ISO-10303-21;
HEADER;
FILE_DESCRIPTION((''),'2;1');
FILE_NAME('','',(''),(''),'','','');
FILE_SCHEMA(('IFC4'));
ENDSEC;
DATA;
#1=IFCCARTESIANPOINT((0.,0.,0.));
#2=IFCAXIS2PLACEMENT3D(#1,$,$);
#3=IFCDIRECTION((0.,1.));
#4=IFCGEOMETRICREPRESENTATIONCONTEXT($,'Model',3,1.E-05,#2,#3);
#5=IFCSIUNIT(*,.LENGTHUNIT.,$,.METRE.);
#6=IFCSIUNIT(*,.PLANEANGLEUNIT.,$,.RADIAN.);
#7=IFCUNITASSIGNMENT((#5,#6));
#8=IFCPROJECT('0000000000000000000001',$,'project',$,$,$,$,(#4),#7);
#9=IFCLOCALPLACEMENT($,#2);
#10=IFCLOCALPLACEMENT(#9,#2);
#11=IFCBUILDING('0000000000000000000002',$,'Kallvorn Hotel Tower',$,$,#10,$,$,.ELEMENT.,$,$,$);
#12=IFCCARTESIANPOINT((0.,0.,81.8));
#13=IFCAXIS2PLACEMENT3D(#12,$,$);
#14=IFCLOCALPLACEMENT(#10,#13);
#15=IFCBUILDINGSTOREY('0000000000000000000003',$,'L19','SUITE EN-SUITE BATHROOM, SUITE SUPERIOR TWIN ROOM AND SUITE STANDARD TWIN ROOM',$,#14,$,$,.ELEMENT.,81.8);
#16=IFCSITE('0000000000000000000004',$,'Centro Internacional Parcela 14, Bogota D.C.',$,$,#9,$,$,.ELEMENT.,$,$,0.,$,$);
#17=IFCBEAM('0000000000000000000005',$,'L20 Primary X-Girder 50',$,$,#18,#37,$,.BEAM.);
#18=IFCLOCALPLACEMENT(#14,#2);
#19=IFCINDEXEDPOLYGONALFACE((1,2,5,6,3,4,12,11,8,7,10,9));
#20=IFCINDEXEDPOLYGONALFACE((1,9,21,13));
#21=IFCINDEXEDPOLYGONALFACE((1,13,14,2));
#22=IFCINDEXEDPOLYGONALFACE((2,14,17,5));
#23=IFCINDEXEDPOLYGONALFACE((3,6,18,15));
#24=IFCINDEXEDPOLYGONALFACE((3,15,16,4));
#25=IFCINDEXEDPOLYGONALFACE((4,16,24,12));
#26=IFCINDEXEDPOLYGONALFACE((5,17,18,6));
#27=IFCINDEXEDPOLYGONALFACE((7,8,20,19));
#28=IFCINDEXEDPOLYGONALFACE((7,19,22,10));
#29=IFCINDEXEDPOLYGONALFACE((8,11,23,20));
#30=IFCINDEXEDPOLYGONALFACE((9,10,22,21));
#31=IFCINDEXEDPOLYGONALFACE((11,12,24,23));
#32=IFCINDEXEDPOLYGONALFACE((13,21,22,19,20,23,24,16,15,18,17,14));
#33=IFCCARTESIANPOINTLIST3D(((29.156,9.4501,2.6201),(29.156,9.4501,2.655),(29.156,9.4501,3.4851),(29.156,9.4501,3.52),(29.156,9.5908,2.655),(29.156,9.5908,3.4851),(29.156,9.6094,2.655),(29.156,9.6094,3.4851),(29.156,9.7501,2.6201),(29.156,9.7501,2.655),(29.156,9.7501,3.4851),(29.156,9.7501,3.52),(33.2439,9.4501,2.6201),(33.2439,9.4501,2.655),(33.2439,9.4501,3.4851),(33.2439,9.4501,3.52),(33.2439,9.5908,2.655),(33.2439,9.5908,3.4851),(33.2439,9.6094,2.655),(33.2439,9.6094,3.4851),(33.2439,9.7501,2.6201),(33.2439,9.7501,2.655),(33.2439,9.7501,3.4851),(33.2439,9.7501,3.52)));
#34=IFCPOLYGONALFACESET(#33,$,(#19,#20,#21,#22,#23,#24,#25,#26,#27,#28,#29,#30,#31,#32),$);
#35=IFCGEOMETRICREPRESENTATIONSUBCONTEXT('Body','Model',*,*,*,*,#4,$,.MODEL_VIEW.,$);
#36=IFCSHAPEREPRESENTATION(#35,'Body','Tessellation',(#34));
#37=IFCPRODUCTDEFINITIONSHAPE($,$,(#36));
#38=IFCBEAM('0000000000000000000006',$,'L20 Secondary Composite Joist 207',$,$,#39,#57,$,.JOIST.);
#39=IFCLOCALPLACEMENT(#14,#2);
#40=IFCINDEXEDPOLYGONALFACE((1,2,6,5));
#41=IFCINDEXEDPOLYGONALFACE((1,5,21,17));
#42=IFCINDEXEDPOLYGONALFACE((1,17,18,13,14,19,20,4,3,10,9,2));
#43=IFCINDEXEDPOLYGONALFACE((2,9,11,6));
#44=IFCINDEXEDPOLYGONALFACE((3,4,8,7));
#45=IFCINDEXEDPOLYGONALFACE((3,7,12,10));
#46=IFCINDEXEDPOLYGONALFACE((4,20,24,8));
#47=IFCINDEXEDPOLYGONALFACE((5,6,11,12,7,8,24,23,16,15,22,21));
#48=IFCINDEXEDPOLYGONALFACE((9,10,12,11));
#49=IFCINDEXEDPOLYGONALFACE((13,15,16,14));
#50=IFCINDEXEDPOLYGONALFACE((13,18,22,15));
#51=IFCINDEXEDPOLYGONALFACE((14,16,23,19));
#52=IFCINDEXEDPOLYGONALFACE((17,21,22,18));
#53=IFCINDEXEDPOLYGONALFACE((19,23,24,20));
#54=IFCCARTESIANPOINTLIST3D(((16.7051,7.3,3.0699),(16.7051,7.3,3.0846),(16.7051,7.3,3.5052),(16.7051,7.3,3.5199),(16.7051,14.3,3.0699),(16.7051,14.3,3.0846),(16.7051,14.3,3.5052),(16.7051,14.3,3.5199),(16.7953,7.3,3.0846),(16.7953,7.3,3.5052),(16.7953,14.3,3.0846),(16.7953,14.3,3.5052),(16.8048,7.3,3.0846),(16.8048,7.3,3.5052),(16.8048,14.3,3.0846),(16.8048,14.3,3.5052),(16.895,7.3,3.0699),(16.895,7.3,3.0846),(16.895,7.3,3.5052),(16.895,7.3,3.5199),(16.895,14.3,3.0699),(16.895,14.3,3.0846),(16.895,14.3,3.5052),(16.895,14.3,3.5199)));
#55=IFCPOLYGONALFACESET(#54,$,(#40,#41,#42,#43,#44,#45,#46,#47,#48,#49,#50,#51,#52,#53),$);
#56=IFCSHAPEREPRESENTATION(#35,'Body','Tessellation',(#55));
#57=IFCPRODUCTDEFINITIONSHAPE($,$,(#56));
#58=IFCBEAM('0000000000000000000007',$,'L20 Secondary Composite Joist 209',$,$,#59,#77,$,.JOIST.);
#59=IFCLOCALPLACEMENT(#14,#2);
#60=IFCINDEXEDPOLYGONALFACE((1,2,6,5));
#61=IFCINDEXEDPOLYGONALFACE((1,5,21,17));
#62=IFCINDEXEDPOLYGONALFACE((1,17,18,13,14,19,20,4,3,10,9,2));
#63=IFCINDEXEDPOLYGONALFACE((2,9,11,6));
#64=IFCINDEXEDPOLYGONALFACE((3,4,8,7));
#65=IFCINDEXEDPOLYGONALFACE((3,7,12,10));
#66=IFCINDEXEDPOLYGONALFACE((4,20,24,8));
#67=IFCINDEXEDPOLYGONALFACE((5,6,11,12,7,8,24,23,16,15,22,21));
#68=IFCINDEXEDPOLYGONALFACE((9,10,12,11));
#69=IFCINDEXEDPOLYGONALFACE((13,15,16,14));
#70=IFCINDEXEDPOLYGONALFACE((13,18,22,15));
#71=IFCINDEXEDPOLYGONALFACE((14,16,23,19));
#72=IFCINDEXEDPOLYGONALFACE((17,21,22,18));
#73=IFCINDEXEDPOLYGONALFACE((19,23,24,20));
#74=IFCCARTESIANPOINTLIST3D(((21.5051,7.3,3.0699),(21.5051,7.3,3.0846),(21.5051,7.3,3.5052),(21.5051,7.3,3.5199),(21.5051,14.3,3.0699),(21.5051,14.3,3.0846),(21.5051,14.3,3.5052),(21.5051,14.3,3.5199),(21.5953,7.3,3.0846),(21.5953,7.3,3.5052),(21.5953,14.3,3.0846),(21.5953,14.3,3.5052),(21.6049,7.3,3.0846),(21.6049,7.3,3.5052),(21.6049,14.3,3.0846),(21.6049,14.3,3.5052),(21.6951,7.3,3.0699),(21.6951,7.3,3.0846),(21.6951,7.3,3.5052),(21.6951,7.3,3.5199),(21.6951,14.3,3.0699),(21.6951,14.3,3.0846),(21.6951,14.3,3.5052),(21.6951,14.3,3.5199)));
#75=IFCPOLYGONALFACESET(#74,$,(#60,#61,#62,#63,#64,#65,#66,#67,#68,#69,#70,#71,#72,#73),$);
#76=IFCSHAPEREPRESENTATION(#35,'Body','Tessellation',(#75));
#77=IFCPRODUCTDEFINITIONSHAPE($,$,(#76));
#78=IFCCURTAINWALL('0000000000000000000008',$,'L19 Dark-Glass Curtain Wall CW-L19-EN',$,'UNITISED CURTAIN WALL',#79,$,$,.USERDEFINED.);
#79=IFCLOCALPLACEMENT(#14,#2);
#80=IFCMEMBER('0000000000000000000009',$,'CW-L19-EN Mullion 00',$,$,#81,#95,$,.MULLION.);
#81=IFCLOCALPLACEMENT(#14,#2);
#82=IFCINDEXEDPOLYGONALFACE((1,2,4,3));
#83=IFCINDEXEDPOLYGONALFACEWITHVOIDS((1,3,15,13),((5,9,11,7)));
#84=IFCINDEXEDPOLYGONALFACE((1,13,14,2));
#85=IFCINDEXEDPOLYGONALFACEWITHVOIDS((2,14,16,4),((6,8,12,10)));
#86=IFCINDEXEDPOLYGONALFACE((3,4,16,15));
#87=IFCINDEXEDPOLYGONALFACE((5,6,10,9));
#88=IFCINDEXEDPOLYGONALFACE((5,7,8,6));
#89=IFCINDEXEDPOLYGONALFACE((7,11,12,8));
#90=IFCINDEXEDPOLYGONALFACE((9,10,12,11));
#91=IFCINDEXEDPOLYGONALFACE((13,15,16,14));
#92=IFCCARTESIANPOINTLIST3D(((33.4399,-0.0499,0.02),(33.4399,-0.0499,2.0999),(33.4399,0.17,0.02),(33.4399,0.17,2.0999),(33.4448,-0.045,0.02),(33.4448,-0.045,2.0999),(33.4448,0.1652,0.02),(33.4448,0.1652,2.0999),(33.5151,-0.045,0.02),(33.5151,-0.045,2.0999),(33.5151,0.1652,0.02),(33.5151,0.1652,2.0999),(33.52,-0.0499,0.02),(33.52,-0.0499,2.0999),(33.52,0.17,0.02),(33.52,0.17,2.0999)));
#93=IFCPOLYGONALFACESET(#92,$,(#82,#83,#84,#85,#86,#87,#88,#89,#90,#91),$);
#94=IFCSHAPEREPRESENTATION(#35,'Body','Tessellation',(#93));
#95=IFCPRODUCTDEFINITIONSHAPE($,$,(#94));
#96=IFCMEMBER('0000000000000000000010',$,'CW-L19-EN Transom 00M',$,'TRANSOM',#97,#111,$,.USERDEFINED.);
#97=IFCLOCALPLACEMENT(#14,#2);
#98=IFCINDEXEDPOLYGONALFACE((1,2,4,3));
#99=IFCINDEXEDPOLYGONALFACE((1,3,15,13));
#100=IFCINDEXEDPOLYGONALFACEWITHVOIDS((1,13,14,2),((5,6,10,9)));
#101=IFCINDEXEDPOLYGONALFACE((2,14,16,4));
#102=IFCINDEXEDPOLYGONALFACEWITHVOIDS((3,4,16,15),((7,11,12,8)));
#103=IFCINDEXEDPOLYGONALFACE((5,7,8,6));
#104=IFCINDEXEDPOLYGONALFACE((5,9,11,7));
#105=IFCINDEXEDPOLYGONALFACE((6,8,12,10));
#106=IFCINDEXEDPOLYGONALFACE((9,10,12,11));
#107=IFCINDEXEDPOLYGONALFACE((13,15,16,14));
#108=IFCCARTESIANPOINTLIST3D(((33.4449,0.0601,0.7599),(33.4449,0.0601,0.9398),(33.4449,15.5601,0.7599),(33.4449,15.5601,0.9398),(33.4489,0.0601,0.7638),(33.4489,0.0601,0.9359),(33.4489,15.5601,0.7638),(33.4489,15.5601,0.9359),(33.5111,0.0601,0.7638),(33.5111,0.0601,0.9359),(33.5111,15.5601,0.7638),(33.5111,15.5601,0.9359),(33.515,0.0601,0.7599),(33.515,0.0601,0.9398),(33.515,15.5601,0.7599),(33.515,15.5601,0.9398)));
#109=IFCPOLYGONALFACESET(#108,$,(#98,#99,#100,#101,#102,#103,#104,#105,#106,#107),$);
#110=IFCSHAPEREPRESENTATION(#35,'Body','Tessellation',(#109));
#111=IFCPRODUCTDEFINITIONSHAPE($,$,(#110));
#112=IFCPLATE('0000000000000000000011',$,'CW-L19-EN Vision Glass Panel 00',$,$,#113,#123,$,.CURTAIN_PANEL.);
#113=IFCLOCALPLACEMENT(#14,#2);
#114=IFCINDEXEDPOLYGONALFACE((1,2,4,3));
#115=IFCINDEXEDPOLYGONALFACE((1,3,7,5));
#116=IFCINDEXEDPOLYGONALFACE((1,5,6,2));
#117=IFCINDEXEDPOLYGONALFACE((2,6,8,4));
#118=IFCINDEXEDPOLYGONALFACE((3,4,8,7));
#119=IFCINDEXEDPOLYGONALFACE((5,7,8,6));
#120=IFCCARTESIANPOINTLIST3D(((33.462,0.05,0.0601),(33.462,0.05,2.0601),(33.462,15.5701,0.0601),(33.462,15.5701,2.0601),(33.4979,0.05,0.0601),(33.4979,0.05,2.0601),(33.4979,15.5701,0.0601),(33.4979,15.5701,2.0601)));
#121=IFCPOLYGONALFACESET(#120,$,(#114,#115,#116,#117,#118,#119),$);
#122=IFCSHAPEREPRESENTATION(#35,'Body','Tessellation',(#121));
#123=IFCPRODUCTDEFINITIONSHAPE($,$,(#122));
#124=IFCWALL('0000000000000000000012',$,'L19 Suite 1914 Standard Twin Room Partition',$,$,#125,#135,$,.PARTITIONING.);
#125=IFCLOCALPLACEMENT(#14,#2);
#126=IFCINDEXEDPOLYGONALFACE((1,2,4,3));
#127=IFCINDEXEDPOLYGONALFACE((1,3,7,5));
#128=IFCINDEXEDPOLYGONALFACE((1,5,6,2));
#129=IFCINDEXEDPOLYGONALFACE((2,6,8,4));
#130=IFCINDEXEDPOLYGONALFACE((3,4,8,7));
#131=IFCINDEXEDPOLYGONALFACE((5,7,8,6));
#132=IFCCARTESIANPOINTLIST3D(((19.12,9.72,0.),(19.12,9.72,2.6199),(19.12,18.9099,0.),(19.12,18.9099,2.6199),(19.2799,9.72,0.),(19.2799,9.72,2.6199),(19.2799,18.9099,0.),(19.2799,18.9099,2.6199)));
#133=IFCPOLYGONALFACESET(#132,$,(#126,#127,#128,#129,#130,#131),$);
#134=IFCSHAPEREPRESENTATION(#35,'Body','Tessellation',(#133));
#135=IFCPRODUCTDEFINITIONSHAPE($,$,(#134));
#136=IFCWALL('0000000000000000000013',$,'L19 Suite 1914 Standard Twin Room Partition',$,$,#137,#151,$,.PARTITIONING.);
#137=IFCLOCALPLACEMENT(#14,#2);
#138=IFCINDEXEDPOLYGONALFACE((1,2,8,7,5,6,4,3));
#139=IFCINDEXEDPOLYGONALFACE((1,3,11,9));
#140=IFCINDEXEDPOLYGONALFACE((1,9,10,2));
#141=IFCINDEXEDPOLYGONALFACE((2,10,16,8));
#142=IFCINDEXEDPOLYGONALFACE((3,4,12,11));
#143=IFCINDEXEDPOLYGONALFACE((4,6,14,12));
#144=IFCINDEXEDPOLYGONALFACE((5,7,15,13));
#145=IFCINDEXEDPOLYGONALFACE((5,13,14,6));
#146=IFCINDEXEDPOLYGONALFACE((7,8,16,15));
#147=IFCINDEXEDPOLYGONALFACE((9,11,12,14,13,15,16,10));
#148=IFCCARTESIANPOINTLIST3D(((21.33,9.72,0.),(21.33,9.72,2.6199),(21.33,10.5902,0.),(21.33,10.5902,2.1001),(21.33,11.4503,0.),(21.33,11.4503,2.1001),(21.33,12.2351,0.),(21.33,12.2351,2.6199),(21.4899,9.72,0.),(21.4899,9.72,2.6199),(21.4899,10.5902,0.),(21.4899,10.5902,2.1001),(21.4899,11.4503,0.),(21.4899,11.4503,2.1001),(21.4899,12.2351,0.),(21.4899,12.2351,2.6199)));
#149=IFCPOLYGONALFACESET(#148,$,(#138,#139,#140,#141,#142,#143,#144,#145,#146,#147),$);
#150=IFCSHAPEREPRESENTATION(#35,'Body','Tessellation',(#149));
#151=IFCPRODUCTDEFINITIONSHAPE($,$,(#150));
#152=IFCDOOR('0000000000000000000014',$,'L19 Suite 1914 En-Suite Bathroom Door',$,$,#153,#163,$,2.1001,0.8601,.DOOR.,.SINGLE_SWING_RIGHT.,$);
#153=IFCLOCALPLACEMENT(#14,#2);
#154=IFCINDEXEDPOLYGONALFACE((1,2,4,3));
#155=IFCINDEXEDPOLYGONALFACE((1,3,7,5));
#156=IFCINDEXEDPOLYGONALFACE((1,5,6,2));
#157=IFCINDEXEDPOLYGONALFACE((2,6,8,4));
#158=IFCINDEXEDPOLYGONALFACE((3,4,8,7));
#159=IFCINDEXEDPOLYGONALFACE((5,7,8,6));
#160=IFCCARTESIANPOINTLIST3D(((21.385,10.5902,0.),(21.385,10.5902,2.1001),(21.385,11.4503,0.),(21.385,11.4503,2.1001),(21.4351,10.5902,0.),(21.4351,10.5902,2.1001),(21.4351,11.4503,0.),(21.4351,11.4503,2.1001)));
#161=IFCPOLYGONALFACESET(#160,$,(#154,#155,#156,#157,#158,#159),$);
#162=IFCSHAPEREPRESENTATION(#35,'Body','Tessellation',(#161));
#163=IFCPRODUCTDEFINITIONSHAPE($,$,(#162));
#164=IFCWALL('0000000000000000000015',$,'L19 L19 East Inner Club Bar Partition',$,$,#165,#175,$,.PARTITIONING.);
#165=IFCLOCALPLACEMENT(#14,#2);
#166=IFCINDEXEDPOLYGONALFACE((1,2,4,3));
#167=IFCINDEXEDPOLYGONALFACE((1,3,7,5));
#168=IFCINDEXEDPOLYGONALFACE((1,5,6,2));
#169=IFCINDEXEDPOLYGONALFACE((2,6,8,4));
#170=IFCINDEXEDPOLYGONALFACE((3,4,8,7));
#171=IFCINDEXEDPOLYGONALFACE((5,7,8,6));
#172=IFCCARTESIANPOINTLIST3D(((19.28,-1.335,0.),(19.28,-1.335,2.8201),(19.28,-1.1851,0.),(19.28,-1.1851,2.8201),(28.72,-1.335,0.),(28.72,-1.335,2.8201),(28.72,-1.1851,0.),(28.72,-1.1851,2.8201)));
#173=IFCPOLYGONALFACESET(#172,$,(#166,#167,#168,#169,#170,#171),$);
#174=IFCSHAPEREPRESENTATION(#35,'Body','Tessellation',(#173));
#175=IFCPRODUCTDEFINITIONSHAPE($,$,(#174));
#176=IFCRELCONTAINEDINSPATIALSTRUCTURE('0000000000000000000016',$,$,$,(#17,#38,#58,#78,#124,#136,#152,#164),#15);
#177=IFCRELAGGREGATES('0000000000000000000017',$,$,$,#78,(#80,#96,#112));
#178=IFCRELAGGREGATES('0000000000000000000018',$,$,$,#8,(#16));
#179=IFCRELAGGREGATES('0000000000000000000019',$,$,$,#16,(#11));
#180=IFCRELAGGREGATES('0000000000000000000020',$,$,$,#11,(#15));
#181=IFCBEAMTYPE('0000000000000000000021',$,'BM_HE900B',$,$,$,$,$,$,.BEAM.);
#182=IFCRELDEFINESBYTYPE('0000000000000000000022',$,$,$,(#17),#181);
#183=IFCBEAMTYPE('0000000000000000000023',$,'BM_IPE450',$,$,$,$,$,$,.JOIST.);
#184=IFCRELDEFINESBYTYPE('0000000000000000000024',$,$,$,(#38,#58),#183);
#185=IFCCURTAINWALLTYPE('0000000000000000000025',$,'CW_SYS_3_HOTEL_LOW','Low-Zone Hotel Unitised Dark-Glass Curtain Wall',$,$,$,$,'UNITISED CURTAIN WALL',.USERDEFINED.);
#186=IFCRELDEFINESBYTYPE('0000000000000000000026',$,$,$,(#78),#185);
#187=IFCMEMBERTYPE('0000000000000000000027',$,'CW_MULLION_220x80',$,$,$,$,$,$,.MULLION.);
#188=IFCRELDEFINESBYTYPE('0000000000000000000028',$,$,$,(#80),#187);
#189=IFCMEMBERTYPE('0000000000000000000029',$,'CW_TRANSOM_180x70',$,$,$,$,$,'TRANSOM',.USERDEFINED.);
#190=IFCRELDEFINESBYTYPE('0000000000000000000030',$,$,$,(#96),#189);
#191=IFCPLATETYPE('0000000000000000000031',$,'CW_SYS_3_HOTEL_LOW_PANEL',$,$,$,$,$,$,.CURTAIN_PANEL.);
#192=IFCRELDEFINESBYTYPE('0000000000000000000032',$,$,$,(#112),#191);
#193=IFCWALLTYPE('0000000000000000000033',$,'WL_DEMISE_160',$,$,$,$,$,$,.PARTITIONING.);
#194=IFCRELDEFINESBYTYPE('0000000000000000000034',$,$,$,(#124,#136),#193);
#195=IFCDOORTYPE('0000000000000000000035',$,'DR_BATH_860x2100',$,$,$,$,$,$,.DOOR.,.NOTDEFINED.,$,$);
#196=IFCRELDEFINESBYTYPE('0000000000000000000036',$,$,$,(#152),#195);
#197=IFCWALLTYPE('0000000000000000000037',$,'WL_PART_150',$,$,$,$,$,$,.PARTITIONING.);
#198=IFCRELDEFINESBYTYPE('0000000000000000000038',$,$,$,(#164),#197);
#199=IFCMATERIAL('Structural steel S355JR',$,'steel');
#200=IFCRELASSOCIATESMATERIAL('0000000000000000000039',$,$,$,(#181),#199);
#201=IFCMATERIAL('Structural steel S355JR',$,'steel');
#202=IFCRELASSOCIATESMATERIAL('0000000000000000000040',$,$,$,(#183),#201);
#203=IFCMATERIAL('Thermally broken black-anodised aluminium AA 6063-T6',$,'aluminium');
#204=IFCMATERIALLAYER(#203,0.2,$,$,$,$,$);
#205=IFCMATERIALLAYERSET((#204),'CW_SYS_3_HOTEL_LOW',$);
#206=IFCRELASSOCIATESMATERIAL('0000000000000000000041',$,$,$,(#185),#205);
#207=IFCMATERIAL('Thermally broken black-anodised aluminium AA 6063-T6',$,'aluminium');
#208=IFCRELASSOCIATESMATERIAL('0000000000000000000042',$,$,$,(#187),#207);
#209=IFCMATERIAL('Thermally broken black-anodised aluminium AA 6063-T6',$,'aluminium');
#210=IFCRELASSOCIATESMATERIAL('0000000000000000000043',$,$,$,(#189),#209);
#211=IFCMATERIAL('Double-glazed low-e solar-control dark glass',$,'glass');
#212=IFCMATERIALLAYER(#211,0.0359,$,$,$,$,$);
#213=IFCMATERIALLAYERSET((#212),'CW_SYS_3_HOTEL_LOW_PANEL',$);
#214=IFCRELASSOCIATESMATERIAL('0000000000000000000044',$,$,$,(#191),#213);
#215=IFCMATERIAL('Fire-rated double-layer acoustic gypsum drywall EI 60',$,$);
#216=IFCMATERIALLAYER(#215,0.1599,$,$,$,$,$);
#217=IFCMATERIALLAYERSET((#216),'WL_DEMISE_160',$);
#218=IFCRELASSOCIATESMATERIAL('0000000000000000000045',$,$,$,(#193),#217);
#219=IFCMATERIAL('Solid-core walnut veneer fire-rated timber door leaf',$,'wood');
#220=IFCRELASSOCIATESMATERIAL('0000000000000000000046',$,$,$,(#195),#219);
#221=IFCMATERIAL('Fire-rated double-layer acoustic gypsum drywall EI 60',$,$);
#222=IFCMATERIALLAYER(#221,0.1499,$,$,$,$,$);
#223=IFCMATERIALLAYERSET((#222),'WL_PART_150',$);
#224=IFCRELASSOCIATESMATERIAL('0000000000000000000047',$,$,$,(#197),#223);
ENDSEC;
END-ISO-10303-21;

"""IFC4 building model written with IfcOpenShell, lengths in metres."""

from ifc_helpers import new_model, si_unit, direction, frame, frame_2d, origin, origin_2d, place, context, subcontext, project, spatial, rectangle, hollow_rectangle, i_section, extrude, material, layer, layer_set, material_profile, profile_set, type_object, element, fill, aggregate, save


model = new_model("IFC4")

# Units and contexts
model_context = context("Model", 3, precision=1e-05, world=origin(), true_north=direction((0.0, 1.0)))
body_context = subcontext(model_context, "Body", "Model", "MODEL_VIEW")
ifc_project = project(units=[si_unit("LENGTHUNIT", "METRE"), si_unit("PLANEANGLEUNIT", "RADIAN")], contexts=[model_context])

# Site, building, storey
site_placement = place(None, origin())
site = spatial("IfcSite", under=ifc_project, at=site_placement, Name="Centro Internacional Parcela 14, Bogota D.C.", CompositionType="ELEMENT", RefElevation=0.0)
building_placement = place(site_placement, origin())
building = spatial("IfcBuilding", under=site, at=building_placement, Name="Kallvorn Hotel Tower", CompositionType="ELEMENT")
storey_placement = place(building_placement, frame((0.0, 0.0, 81.8)))
storey = spatial("IfcBuildingStorey", under=building, at=storey_placement, Name="L19", Description="SUITE EN-SUITE BATHROOM, SUITE SUPERIOR TWIN ROOM AND SUITE STANDARD TWIN ROOM", CompositionType="ELEMENT", Elevation=81.8)

# Beams
ifc_material_1 = material(Name="Structural steel S355JR", Category="steel")
ifc_material_profile_1 = material_profile(ifc_material_1, i_section(OverallWidth=0.3, OverallDepth=0.8999, WebThickness=0.0186, FlangeThickness=0.0349, at=origin_2d()), Name="HE 900 B")
ifc_profile_set_1 = profile_set([ifc_material_profile_1], Name="Structural steel S355JR")
beam_type_1 = type_object("IfcBeamType", Name="BM_HE900B", PredefinedType="BEAM", material=ifc_profile_set_1)
beam_1_placement = place(storey_placement, frame((29.156, 9.6001, 3.0701), z_axis=(1.0, 0.0, 0.0), x_axis=(0.0, 1.0, 0.0)))
element("IfcBeam", 1, at=beam_1_placement, inside=storey, type_object=beam_type_1, Name="L20 Primary X-Girder 50", PredefinedType="BEAM", context=body_context, shape_type="SweptSolid", body=[
    extrude(i_section(OverallWidth=0.3, OverallDepth=0.8999, WebThickness=0.0186, FlangeThickness=0.0349, at=origin_2d()), origin(), (0.0, 0.0, 1.0), 4.0879),
])
ifc_material_2 = material(Name="Structural steel S355JR", Category="steel")
ifc_material_profile_2 = material_profile(ifc_material_2, i_section(OverallWidth=0.1899, OverallDepth=0.45, WebThickness=0.0095, FlangeThickness=0.0146, at=origin_2d()), Name="IPE 450")
ifc_profile_set_2 = profile_set([ifc_material_profile_2], Name="Structural steel S355JR")
beam_type_2 = type_object("IfcBeamType", Name="BM_IPE450", PredefinedType="JOIST", material=ifc_profile_set_2)
for number, where, z_axis, x_axis, name in (
    (2, (16.8, 7.3, 3.2949), (0.0, 1.0, 0.0), (-1.0, 0.0, 0.0), "L20 Secondary Composite Joist 207"),
    (3, (21.6001, 7.3, 3.2949), (0.0, 1.0, 0.0), (-1.0, 0.0, 0.0), "L20 Secondary Composite Joist 209"),
):
    element("IfcBeam", number, at=place(storey_placement, frame(where, z_axis=z_axis, x_axis=x_axis)), inside=storey, type_object=beam_type_2, Name=name, PredefinedType="JOIST", context=body_context, shape_type="SweptSolid", body=[
        extrude(i_section(OverallWidth=0.1899, OverallDepth=0.45, WebThickness=0.0095, FlangeThickness=0.0146, at=origin_2d()), origin(), (0.0, 0.0, 1.0), 7.0),
    ])

# Curtain wall, members, plate
ifc_material_3 = material(Name="Thermally broken black-anodised aluminium AA 6063-T6", Category="aluminium")
ifc_layer_1 = layer(ifc_material_3, 0.2)
ifc_layer_set_1 = layer_set([ifc_layer_1], Name="CW_SYS_3_HOTEL_LOW")
curtain_wall_type = type_object("IfcCurtainWallType", Name="CW_SYS_3_HOTEL_LOW", Description="Low-Zone Hotel Unitised Dark-Glass Curtain Wall", ElementType="UNITISED CURTAIN WALL", PredefinedType="USERDEFINED", material=ifc_layer_set_1)
curtain_wall_placement = place(storey_placement, origin())
curtain_wall = element("IfcCurtainWall", 4, at=curtain_wall_placement, inside=storey, type_object=curtain_wall_type, Name="L19 Dark-Glass Curtain Wall CW-L19-EN", ObjectType="UNITISED CURTAIN WALL", PredefinedType="USERDEFINED")
ifc_material_4 = material(Name="Thermally broken black-anodised aluminium AA 6063-T6", Category="aluminium")
ifc_material_profile_3 = material_profile(ifc_material_4, hollow_rectangle(XDim=0.0801, YDim=0.22, WallThickness=0.0049, at=origin_2d()), Name="MUL 220x80")
ifc_profile_set_3 = profile_set([ifc_material_profile_3], Name="Thermally broken black-anodised aluminium AA 6063-T6")
member_type_1 = type_object("IfcMemberType", Name="CW_MULLION_220x80", PredefinedType="MULLION", material=ifc_profile_set_3)
member_1_placement = place(storey_placement, frame((33.48, 0.0601, 0.02), z_axis=(0.0, 0.0, 1.0), x_axis=(1.0, 0.0, 0.0)))
member_1 = element("IfcMember", 5, at=member_1_placement, type_object=member_type_1, Name="CW-L19-EN Mullion 00", PredefinedType="MULLION", context=body_context, shape_type="SweptSolid", body=[
    extrude(hollow_rectangle(XDim=0.0801, YDim=0.22, WallThickness=0.0049, at=origin_2d()), origin(), (0.0, 0.0, 1.0), 2.0798),
])
ifc_material_5 = material(Name="Thermally broken black-anodised aluminium AA 6063-T6", Category="aluminium")
ifc_material_profile_4 = material_profile(ifc_material_5, hollow_rectangle(XDim=0.0701, YDim=0.1799, WallThickness=0.0039, at=origin_2d()), Name="TRN 180x70")
ifc_profile_set_4 = profile_set([ifc_material_profile_4], Name="Thermally broken black-anodised aluminium AA 6063-T6")
member_type_2 = type_object("IfcMemberType", Name="CW_TRANSOM_180x70", ElementType="TRANSOM", PredefinedType="USERDEFINED", material=ifc_profile_set_4)
member_2_placement = place(storey_placement, frame((33.48, 0.0601, 0.8499), z_axis=(0.0, 1.0, 0.0), x_axis=(-1.0, 0.0, 0.0)))
member_2 = element("IfcMember", 6, at=member_2_placement, type_object=member_type_2, Name="CW-L19-EN Transom 00M", ObjectType="TRANSOM", PredefinedType="USERDEFINED", context=body_context, shape_type="SweptSolid", body=[
    extrude(hollow_rectangle(XDim=0.0701, YDim=0.1799, WallThickness=0.0039, at=origin_2d()), origin(), (0.0, 0.0, 1.0), 15.5),
])
ifc_material_6 = material(Name="Double-glazed low-e solar-control dark glass", Category="glass")
ifc_layer_2 = layer(ifc_material_6, 0.0359)
ifc_layer_set_2 = layer_set([ifc_layer_2], Name="CW_SYS_3_HOTEL_LOW_PANEL")
plate_type = type_object("IfcPlateType", Name="CW_SYS_3_HOTEL_LOW_PANEL", PredefinedType="CURTAIN_PANEL", material=ifc_layer_set_2)
plate_placement = place(storey_placement, frame((33.48, 7.8101, 0.0601), z_axis=(0.0, 0.0, 1.0), x_axis=(0.0, 1.0, 0.0)))
plate = element("IfcPlate", 7, at=plate_placement, type_object=plate_type, Name="CW-L19-EN Vision Glass Panel 00", PredefinedType="CURTAIN_PANEL", context=body_context, shape_type="SweptSolid", body=[
    extrude(rectangle(XDim=15.52, YDim=0.0359, at=origin_2d()), origin(), (0.0, 0.0, 1.0), 2.0),
])
aggregate(curtain_wall, [member_1, member_2, plate])

# Wall
ifc_material_7 = material(Name="Fire-rated double-layer acoustic gypsum drywall EI 60")
ifc_layer_3 = layer(ifc_material_7, 0.1599)
ifc_layer_set_3 = layer_set([ifc_layer_3], Name="WL_DEMISE_160")
wall_type_1 = type_object("IfcWallType", Name="WL_DEMISE_160", PredefinedType="PARTITIONING", material=ifc_layer_set_3)
wall_1_placement = place(storey_placement, frame((19.2, 9.72, 0.0), z_axis=(0.0, 0.0, 1.0), x_axis=(0.0, 1.0, 0.0)))
element("IfcWall", 8, at=wall_1_placement, inside=storey, type_object=wall_type_1, Name="L19 Suite 1914 Standard Twin Room Partition", PredefinedType="PARTITIONING", context=body_context, shape_type="SweptSolid", body=[
    extrude(rectangle(XDim=9.1899, YDim=0.1599, at=frame_2d((4.595, 0.0))), origin(), (0.0, 0.0, 1.0), 2.6199),
])

# Wall, opening, door
wall_2_placement = place(storey_placement, frame((21.4099, 9.72, 0.0), z_axis=(0.0, 0.0, 1.0), x_axis=(0.0, 1.0, 0.0)))
wall_2 = element("IfcWall", 9, at=wall_2_placement, inside=storey, type_object=wall_type_1, Name="L19 Suite 1914 Standard Twin Room Partition", PredefinedType="PARTITIONING", context=body_context, shape_type="SweptSolid", body=[
    extrude(rectangle(XDim=2.5151, YDim=0.1599, at=frame_2d((1.2576, 0.0))), origin(), (0.0, 0.0, 1.0), 2.6199),
])
opening_1_placement = place(wall_2_placement, frame((0.8701, 0.0, 0.0)))
opening_1 = element("IfcOpeningElement", 10, at=opening_1_placement, cuts=wall_2, PredefinedType="OPENING", context=body_context, shape_type="SweptSolid", body=[
    extrude(rectangle(XDim=0.8601, YDim=2.1001, at=frame_2d((0.4302, 1.05))), frame((0.0, 0.095, 0.0), z_axis=(0.0, -1.0, 0.0), x_axis=(1.0, 0.0, 0.0)), (0.0, 0.0, 1.0), 0.1899),
])
ifc_material_8 = material(Name="Solid-core walnut veneer fire-rated timber door leaf", Category="wood")
door_type_1 = type_object("IfcDoorType", Name="DR_BATH_860x2100", OperationType="NOTDEFINED", PredefinedType="DOOR", material=ifc_material_8)
door_1_placement = place(opening_1_placement, origin())
door_1 = element("IfcDoor", 11, at=door_1_placement, inside=storey, type_object=door_type_1, Name="L19 Suite 1914 En-Suite Bathroom Door", OperationType="SINGLE_SWING_RIGHT", OverallHeight=2.1001, OverallWidth=0.8601, PredefinedType="DOOR", context=body_context, shape_type="SweptSolid", body=[
    extrude(rectangle(XDim=0.8601, YDim=2.1001, at=frame_2d((0.4302, 1.05))), frame((0.0, 0.0249, 0.0), z_axis=(0.0, -1.0, 0.0), x_axis=(1.0, 0.0, 0.0)), (0.0, 0.0, 1.0), 0.05),
])
fill(opening_1, door_1)

# Wall
ifc_material_9 = material(Name="Fire-rated double-layer acoustic gypsum drywall EI 60")
ifc_layer_4 = layer(ifc_material_9, 0.1499)
ifc_layer_set_4 = layer_set([ifc_layer_4], Name="WL_PART_150")
wall_type_2 = type_object("IfcWallType", Name="WL_PART_150", PredefinedType="PARTITIONING", material=ifc_layer_set_4)
for number, where, z_axis, x_axis, name in (
    (12, (19.28, -1.26, 0.0), (0.0, 0.0, 1.0), (1.0, 0.0, 0.0), "L19 L19 East Inner Club Bar Partition"),
):
    element("IfcWall", number, at=place(storey_placement, frame(where, z_axis=z_axis, x_axis=x_axis)), inside=storey, type_object=wall_type_2, Name=name, PredefinedType="PARTITIONING", context=body_context, shape_type="SweptSolid", body=[
        extrude(rectangle(XDim=9.4399, YDim=0.1499, at=frame_2d((4.72, 0.0))), origin(), (0.0, 0.0, 1.0), 2.8201),
    ])

save(model, "model.ifc")
